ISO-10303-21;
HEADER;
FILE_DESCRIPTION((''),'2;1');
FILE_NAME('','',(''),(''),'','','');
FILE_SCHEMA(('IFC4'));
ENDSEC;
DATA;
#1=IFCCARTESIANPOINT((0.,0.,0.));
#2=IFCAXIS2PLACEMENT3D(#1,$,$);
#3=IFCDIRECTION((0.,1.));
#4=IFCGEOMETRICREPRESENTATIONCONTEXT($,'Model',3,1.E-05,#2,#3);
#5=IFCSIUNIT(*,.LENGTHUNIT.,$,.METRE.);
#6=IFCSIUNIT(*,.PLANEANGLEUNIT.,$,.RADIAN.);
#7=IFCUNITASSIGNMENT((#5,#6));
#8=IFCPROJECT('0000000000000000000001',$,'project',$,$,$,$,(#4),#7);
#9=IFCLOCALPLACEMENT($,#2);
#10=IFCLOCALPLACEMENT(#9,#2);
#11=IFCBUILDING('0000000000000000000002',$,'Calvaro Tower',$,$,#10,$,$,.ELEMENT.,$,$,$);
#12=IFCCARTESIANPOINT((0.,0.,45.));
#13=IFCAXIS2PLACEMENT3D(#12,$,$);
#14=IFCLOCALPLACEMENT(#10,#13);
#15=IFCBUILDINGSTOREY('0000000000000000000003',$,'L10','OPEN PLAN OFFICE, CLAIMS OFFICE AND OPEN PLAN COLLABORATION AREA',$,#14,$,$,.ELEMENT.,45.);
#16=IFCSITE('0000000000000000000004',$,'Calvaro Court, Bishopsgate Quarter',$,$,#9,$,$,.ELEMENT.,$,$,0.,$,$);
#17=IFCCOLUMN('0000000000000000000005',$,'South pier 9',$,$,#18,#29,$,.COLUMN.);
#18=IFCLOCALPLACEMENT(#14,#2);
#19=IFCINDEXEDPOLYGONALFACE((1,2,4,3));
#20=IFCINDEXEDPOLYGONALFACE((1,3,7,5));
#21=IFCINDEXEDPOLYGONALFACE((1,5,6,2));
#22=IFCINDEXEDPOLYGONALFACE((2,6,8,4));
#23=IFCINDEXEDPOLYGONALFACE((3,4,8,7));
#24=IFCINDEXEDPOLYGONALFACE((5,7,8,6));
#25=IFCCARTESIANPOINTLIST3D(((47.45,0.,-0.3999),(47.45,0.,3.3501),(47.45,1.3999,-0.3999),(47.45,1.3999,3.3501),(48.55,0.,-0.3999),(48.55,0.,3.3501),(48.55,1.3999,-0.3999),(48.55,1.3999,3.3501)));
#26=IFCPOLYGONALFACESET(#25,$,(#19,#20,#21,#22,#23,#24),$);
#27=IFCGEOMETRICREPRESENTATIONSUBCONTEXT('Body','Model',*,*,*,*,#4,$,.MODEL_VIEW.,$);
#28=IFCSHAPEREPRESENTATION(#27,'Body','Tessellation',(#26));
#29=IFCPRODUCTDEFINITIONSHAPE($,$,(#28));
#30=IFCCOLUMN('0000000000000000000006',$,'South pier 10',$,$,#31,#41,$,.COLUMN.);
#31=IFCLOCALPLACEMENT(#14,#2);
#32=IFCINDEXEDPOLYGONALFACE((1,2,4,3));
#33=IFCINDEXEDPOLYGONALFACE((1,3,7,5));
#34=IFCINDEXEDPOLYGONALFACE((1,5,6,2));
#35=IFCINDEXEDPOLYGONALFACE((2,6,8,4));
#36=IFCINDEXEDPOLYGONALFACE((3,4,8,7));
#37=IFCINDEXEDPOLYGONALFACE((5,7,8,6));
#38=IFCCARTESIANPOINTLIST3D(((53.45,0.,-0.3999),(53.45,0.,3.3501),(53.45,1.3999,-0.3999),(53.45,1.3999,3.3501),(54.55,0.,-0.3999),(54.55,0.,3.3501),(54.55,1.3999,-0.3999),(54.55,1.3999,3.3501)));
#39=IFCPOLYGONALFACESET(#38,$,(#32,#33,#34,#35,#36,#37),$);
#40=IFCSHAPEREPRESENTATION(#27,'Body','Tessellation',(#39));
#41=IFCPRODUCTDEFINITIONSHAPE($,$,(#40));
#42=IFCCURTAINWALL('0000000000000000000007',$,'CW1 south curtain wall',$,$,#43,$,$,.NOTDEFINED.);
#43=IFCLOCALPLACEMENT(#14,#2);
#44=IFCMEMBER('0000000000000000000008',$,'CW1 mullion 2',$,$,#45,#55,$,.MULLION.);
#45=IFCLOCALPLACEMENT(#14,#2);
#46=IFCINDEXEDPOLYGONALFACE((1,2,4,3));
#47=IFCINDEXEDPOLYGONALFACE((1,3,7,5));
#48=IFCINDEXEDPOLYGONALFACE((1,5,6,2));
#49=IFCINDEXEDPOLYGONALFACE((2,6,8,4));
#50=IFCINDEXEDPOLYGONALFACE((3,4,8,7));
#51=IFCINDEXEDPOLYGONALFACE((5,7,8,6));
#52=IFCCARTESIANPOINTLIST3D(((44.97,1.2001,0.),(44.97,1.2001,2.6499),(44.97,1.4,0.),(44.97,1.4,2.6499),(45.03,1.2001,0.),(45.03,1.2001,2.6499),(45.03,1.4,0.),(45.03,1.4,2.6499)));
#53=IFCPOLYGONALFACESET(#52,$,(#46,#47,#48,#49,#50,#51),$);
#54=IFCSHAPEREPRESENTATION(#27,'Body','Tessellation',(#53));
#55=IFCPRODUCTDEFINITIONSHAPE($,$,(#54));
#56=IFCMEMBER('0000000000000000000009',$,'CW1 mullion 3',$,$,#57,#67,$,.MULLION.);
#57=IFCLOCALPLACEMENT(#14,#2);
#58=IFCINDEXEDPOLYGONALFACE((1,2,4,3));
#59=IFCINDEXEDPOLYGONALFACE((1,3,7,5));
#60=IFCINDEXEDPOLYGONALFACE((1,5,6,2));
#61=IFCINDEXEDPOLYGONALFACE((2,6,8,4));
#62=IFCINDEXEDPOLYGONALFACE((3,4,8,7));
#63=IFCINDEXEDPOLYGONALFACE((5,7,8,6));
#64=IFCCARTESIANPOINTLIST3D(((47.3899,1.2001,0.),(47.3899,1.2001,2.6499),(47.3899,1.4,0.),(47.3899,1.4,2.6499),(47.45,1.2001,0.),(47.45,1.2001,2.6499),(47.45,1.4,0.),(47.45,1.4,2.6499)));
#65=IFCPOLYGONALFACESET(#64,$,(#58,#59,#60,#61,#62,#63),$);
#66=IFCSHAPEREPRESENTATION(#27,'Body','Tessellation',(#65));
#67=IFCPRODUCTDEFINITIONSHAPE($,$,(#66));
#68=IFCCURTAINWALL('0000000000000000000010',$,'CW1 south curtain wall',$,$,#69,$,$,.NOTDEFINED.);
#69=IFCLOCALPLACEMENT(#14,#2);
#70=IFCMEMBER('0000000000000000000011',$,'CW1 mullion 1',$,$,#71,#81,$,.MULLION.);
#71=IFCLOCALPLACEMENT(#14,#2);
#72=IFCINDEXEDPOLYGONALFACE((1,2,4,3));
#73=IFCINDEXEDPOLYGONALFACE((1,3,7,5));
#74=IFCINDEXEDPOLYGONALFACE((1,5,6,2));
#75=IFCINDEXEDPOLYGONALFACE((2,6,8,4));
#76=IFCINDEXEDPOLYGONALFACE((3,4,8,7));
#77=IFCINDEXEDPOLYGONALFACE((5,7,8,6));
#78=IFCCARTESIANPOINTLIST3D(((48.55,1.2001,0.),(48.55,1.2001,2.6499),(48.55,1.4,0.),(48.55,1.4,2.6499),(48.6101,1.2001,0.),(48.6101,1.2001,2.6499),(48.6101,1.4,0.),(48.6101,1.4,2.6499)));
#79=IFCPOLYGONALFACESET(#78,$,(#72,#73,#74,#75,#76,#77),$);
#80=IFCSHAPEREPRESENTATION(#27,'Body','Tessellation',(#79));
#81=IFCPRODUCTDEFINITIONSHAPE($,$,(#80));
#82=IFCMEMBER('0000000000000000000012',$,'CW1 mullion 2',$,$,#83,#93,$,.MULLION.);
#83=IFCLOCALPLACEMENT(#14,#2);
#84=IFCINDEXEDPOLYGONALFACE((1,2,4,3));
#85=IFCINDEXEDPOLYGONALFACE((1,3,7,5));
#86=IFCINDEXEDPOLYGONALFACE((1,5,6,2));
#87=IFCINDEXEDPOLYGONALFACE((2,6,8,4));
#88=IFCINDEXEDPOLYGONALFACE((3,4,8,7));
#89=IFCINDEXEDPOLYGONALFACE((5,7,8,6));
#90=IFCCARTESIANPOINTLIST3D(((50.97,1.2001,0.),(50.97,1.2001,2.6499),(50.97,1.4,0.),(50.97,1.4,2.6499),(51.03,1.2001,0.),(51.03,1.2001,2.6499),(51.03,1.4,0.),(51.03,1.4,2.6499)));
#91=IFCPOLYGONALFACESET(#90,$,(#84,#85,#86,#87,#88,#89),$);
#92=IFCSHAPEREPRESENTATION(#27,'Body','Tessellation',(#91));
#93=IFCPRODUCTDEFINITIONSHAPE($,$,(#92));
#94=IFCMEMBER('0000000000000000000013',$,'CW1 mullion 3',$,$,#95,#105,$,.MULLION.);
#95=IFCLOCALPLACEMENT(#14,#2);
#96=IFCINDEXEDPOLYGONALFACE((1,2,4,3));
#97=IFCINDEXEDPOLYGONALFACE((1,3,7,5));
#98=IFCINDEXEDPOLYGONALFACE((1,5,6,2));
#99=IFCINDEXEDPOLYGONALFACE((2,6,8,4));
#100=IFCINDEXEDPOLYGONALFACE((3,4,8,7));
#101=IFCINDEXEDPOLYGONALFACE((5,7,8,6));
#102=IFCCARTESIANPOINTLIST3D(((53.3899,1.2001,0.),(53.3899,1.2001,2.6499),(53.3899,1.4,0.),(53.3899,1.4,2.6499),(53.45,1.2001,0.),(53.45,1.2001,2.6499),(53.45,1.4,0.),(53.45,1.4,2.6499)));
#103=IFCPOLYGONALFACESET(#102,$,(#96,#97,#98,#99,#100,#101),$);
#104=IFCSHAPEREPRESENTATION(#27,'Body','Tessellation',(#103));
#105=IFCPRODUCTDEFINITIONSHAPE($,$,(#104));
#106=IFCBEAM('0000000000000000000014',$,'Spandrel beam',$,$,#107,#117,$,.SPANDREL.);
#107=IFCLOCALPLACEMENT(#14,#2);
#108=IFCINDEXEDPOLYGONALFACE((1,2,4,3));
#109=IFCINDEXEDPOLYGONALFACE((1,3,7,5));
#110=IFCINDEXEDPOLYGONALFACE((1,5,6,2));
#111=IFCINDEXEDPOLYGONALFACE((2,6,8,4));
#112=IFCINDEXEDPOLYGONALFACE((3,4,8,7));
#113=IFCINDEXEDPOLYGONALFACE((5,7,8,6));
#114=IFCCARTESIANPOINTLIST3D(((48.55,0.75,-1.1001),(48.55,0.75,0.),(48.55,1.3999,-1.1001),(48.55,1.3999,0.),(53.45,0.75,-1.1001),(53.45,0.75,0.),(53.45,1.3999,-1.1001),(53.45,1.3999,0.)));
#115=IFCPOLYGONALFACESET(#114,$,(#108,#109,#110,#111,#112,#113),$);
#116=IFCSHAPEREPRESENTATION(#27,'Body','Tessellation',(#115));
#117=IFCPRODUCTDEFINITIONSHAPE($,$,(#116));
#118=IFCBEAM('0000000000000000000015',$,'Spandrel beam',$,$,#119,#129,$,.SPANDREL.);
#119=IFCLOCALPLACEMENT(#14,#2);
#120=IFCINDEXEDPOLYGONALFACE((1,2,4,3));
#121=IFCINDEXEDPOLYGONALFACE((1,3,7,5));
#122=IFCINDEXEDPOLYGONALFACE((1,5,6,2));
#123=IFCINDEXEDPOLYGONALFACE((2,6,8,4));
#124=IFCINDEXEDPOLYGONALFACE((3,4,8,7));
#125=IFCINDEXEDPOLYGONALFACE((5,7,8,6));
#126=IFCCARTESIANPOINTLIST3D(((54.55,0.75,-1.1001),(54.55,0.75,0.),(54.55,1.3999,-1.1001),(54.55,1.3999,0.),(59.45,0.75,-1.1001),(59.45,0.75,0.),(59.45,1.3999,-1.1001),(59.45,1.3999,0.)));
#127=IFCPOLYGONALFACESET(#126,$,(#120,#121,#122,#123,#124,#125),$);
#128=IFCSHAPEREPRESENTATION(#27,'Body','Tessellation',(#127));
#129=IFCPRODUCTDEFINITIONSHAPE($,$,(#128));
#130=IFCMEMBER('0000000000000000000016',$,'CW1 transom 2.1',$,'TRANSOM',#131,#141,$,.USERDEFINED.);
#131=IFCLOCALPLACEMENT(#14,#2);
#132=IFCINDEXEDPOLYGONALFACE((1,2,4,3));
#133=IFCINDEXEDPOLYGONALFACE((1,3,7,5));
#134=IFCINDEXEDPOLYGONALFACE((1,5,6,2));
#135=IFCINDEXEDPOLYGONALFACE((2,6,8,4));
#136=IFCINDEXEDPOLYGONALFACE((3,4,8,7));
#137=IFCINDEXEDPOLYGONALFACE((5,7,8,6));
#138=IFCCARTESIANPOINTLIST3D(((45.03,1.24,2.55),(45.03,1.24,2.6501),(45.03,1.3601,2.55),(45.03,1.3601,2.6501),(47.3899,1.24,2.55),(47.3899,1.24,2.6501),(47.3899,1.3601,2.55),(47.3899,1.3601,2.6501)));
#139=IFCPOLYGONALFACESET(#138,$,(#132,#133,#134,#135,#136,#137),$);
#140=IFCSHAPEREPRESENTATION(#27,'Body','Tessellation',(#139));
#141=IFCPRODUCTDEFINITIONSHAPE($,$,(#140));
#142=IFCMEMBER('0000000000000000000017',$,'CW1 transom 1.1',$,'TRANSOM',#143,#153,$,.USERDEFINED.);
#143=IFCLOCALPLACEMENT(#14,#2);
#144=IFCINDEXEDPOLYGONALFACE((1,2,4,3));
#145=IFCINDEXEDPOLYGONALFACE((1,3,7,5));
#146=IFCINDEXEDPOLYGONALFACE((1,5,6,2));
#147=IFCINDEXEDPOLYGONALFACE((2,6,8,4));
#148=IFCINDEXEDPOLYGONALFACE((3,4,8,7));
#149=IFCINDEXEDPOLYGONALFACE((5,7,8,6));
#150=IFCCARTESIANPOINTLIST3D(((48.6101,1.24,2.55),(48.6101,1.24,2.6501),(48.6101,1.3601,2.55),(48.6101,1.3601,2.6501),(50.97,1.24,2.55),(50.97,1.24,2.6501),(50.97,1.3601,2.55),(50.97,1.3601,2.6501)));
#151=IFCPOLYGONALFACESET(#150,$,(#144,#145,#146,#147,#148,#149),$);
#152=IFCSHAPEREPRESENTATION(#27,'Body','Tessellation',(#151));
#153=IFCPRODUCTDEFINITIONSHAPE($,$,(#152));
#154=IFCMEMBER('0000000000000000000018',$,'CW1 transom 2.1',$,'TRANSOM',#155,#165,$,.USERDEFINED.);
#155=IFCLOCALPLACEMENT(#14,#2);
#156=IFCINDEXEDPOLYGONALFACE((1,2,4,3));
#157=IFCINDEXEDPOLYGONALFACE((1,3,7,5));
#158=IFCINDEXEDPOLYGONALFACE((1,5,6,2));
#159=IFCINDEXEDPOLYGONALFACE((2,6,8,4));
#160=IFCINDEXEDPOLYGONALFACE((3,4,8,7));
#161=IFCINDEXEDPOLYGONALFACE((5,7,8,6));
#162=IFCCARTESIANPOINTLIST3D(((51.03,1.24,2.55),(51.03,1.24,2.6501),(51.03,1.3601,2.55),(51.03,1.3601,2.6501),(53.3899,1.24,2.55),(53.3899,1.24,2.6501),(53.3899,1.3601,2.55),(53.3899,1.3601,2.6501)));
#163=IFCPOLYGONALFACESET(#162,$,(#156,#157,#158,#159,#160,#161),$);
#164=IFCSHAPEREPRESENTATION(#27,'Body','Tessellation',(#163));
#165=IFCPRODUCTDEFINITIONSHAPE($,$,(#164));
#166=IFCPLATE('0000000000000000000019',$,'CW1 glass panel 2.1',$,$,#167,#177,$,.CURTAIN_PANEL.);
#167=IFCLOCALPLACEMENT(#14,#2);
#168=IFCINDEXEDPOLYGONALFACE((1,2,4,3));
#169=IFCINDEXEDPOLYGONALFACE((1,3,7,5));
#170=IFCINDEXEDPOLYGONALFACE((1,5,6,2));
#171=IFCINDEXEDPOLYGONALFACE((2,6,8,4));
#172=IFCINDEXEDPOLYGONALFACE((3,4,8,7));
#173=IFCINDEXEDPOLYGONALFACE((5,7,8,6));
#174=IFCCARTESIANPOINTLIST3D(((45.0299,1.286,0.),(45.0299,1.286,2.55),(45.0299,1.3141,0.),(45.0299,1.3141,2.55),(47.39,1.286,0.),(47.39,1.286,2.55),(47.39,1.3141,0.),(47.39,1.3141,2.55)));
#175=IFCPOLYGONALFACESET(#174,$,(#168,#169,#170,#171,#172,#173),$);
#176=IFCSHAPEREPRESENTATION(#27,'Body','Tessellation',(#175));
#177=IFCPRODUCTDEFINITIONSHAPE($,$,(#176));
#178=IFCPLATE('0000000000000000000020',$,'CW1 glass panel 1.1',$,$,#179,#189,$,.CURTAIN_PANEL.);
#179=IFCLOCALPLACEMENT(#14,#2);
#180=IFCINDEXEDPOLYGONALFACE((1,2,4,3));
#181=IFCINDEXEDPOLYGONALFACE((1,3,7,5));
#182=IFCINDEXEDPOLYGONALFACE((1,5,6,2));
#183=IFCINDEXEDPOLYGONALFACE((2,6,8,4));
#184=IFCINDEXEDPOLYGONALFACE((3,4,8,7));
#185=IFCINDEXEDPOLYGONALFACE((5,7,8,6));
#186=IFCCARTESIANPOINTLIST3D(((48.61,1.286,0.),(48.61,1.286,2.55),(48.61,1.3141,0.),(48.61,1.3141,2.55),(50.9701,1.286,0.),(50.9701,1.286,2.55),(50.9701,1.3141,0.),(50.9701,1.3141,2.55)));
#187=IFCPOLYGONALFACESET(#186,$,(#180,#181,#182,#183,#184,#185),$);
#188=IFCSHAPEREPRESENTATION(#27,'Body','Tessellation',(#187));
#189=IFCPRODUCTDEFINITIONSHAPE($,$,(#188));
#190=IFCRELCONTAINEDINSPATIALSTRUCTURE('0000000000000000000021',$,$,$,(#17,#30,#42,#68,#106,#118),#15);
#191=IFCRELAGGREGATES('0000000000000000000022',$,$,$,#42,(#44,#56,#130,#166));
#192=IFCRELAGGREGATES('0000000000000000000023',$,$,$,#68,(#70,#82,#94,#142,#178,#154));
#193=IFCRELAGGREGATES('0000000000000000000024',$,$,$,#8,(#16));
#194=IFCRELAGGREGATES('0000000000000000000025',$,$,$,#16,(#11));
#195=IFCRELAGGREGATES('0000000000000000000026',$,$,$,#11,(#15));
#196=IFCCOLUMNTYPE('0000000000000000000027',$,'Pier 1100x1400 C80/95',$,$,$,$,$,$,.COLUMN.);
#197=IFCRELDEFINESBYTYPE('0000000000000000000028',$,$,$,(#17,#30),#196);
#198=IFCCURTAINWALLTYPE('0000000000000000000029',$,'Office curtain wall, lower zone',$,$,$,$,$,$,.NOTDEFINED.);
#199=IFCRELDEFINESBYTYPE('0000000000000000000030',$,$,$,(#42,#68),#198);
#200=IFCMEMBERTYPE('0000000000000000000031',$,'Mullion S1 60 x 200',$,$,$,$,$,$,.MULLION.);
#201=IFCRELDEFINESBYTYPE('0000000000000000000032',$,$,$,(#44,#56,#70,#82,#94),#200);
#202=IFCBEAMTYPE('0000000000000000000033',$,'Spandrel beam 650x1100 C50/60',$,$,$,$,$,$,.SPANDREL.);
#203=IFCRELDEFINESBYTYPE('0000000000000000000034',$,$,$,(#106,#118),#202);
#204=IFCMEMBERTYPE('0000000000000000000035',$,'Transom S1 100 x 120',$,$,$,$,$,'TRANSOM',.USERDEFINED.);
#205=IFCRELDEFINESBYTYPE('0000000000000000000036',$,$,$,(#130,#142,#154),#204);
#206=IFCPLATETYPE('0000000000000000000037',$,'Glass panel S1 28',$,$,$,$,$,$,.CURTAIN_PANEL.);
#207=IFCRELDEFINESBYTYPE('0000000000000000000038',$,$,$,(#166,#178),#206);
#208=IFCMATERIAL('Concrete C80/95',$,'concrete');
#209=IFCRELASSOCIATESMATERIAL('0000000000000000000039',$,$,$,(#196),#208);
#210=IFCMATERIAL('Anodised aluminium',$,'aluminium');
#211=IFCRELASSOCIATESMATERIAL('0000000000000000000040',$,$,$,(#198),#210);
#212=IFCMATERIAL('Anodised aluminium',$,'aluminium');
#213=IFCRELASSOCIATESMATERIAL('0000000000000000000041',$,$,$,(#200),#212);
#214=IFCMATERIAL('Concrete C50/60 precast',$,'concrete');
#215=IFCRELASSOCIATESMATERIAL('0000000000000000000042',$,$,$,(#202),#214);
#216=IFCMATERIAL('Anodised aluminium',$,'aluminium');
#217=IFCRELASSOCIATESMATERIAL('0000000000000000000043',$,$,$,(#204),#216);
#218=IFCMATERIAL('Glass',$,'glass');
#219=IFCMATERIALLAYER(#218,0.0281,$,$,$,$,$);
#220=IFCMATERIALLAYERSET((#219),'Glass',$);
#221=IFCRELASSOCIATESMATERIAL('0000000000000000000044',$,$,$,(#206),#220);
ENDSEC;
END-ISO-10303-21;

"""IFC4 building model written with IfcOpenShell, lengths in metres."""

from ifc_helpers import new_model, si_unit, direction, frame, origin, origin_2d, place, context, subcontext, project, spatial, rectangle, extrude, material, layer, layer_set, material_profile, profile_set, type_object, element, aggregate, save


model = new_model("IFC4")

# Units and contexts
model_context = context("Model", 3, precision=1e-05, world=origin(), true_north=direction((0.0, 1.0)))
body_context = subcontext(model_context, "Body", "Model", "MODEL_VIEW")
ifc_project = project(units=[si_unit("LENGTHUNIT", "METRE"), si_unit("PLANEANGLEUNIT", "RADIAN")], contexts=[model_context])

# Site, building, storey
site_placement = place(None, origin())
site = spatial("IfcSite", under=ifc_project, at=site_placement, Name="Calvaro Court, Bishopsgate Quarter", CompositionType="ELEMENT", RefElevation=0.0)
building_placement = place(site_placement, origin())
building = spatial("IfcBuilding", under=site, at=building_placement, Name="Calvaro Tower", CompositionType="ELEMENT")
storey_placement = place(building_placement, frame((0.0, 0.0, 45.0)))
storey = spatial("IfcBuildingStorey", under=building, at=storey_placement, Name="L10", Description="OPEN PLAN OFFICE, CLAIMS OFFICE AND OPEN PLAN COLLABORATION AREA", CompositionType="ELEMENT", Elevation=45.0)

# Columns
ifc_material_1 = material(Name="Concrete C80/95", Category="concrete")
ifc_material_profile_1 = material_profile(ifc_material_1, rectangle(XDim=1.1001, YDim=1.3999, at=origin_2d()), Name="RC 1100x1400")
ifc_profile_set_1 = profile_set([ifc_material_profile_1], Name="Concrete C80/95")
column_type = type_object("IfcColumnType", Name="Pier 1100x1400 C80/95", PredefinedType="COLUMN", material=ifc_profile_set_1)
for number, where, z_axis, x_axis, name in (
    (1, (48.0, 0.7, -0.3999), (0.0, 0.0, 1.0), (1.0, 0.0, 0.0), "South pier 9"),
    (2, (54.0, 0.7, -0.3999), (0.0, 0.0, 1.0), (1.0, 0.0, 0.0), "South pier 10"),
):
    element("IfcColumn", number, at=place(storey_placement, frame(where, z_axis=z_axis, x_axis=x_axis)), inside=storey, type_object=column_type, Name=name, PredefinedType="COLUMN", context=body_context, shape_type="SweptSolid", body=[
        extrude(rectangle(XDim=1.1001, YDim=1.3999, at=origin_2d()), origin(), (0.0, 0.0, 1.0), 3.75),
    ])

# Curtain walls, members
ifc_material_2 = material(Name="Anodised aluminium", Category="aluminium")
curtain_wall_type = type_object("IfcCurtainWallType", Name="Office curtain wall, lower zone", PredefinedType="NOTDEFINED", material=ifc_material_2)
curtain_wall_1_placement = place(storey_placement, origin())
curtain_wall_1 = element("IfcCurtainWall", 3, at=curtain_wall_1_placement, inside=storey, type_object=curtain_wall_type, Name="CW1 south curtain wall", PredefinedType="NOTDEFINED")
ifc_material_3 = material(Name="Anodised aluminium", Category="aluminium")
ifc_material_profile_2 = material_profile(ifc_material_3, rectangle(XDim=0.2, YDim=0.0601, at=origin_2d()), Name="Mullion S1 60 x 200")
ifc_profile_set_2 = profile_set([ifc_material_profile_2], Name="Anodised aluminium")
member_type_1 = type_object("IfcMemberType", Name="Mullion S1 60 x 200", PredefinedType="MULLION", material=ifc_profile_set_2)
member_1_placement = place(storey_placement, frame((45.0, 1.3, 0.0), z_axis=(0.0, 0.0, 1.0), x_axis=(0.0, 1.0, 0.0)))
member_1 = element("IfcMember", 4, at=member_1_placement, type_object=member_type_1, Name="CW1 mullion 2", PredefinedType="MULLION", context=body_context, shape_type="SweptSolid", body=[
    extrude(rectangle(XDim=0.2, YDim=0.0601, at=origin_2d()), origin(), (0.0, 0.0, 1.0), 2.6499),
])
member_2_placement = place(storey_placement, frame((47.4199, 1.3, 0.0), z_axis=(0.0, 0.0, 1.0), x_axis=(0.0, 1.0, 0.0)))
member_2 = element("IfcMember", 5, at=member_2_placement, type_object=member_type_1, Name="CW1 mullion 3", PredefinedType="MULLION", context=body_context, shape_type="SweptSolid", body=[
    extrude(rectangle(XDim=0.2, YDim=0.0601, at=origin_2d()), origin(), (0.0, 0.0, 1.0), 2.6499),
])
curtain_wall_2_placement = place(storey_placement, origin())
curtain_wall_2 = element("IfcCurtainWall", 6, at=curtain_wall_2_placement, inside=storey, type_object=curtain_wall_type, Name="CW1 south curtain wall", PredefinedType="NOTDEFINED")
member_3_placement = place(storey_placement, frame((48.5801, 1.3, 0.0), z_axis=(0.0, 0.0, 1.0), x_axis=(0.0, 1.0, 0.0)))
member_3 = element("IfcMember", 7, at=member_3_placement, type_object=member_type_1, Name="CW1 mullion 1", PredefinedType="MULLION", context=body_context, shape_type="SweptSolid", body=[
    extrude(rectangle(XDim=0.2, YDim=0.0601, at=origin_2d()), origin(), (0.0, 0.0, 1.0), 2.6499),
])
member_4_placement = place(storey_placement, frame((51.0, 1.3, 0.0), z_axis=(0.0, 0.0, 1.0), x_axis=(0.0, 1.0, 0.0)))
member_4 = element("IfcMember", 8, at=member_4_placement, type_object=member_type_1, Name="CW1 mullion 2", PredefinedType="MULLION", context=body_context, shape_type="SweptSolid", body=[
    extrude(rectangle(XDim=0.2, YDim=0.0601, at=origin_2d()), origin(), (0.0, 0.0, 1.0), 2.6499),
])
member_5_placement = place(storey_placement, frame((53.4199, 1.3, 0.0), z_axis=(0.0, 0.0, 1.0), x_axis=(0.0, 1.0, 0.0)))
member_5 = element("IfcMember", 9, at=member_5_placement, type_object=member_type_1, Name="CW1 mullion 3", PredefinedType="MULLION", context=body_context, shape_type="SweptSolid", body=[
    extrude(rectangle(XDim=0.2, YDim=0.0601, at=origin_2d()), origin(), (0.0, 0.0, 1.0), 2.6499),
])

# Beams
ifc_material_4 = material(Name="Concrete C50/60 precast", Category="concrete")
ifc_material_profile_3 = material_profile(ifc_material_4, rectangle(XDim=0.6499, YDim=1.1001, at=origin_2d()), Name="RC 650x1100")
ifc_profile_set_3 = profile_set([ifc_material_profile_3], Name="Concrete C50/60 precast")
beam_type = type_object("IfcBeamType", Name="Spandrel beam 650x1100 C50/60", PredefinedType="SPANDREL", material=ifc_profile_set_3)
for number, where, z_axis, x_axis, name in (
    (10, (48.55, 1.075, -0.55), (1.0, 0.0, 0.0), (0.0, 1.0, 0.0), "Spandrel beam"),
    (11, (54.55, 1.075, -0.55), (1.0, 0.0, 0.0), (0.0, 1.0, 0.0), "Spandrel beam"),
):
    element("IfcBeam", number, at=place(storey_placement, frame(where, z_axis=z_axis, x_axis=x_axis)), inside=storey, type_object=beam_type, Name=name, PredefinedType="SPANDREL", context=body_context, shape_type="SweptSolid", body=[
        extrude(rectangle(XDim=0.6499, YDim=1.1001, at=origin_2d()), origin(), (0.0, 0.0, 1.0), 4.8999),
    ])

# Members
ifc_material_5 = material(Name="Anodised aluminium", Category="aluminium")
ifc_material_profile_4 = material_profile(ifc_material_5, rectangle(XDim=0.1201, YDim=0.1001, at=origin_2d()), Name="Transom S1 100 x 120")
ifc_profile_set_4 = profile_set([ifc_material_profile_4], Name="Anodised aluminium")
member_type_2 = type_object("IfcMemberType", Name="Transom S1 100 x 120", ElementType="TRANSOM", PredefinedType="USERDEFINED", material=ifc_profile_set_4)
member_6_placement = place(storey_placement, frame((45.03, 1.3, 2.6001), z_axis=(1.0, 0.0, 0.0), x_axis=(0.0, 1.0, 0.0)))
member_6 = element("IfcMember", 12, at=member_6_placement, type_object=member_type_2, Name="CW1 transom 2.1", ObjectType="TRANSOM", PredefinedType="USERDEFINED", context=body_context, shape_type="SweptSolid", body=[
    extrude(rectangle(XDim=0.1201, YDim=0.1001, at=origin_2d()), origin(), (0.0, 0.0, 1.0), 2.3599),
])
member_7_placement = place(storey_placement, frame((48.6101, 1.3, 2.6001), z_axis=(1.0, 0.0, 0.0), x_axis=(0.0, 1.0, 0.0)))
member_7 = element("IfcMember", 13, at=member_7_placement, type_object=member_type_2, Name="CW1 transom 1.1", ObjectType="TRANSOM", PredefinedType="USERDEFINED", context=body_context, shape_type="SweptSolid", body=[
    extrude(rectangle(XDim=0.1201, YDim=0.1001, at=origin_2d()), origin(), (0.0, 0.0, 1.0), 2.3599),
])
member_8_placement = place(storey_placement, frame((51.03, 1.3, 2.6001), z_axis=(1.0, 0.0, 0.0), x_axis=(0.0, 1.0, 0.0)))
member_8 = element("IfcMember", 14, at=member_8_placement, type_object=member_type_2, Name="CW1 transom 2.1", ObjectType="TRANSOM", PredefinedType="USERDEFINED", context=body_context, shape_type="SweptSolid", body=[
    extrude(rectangle(XDim=0.1201, YDim=0.1001, at=origin_2d()), origin(), (0.0, 0.0, 1.0), 2.3599),
])

# Plates
ifc_material_6 = material(Name="Glass", Category="glass")
ifc_layer_1 = layer(ifc_material_6, 0.0281)
ifc_layer_set_1 = layer_set([ifc_layer_1], Name="Glass")
plate_type = type_object("IfcPlateType", Name="Glass panel S1 28", PredefinedType="CURTAIN_PANEL", material=ifc_layer_set_1)
plate_1_placement = place(storey_placement, frame((46.21, 1.3, 0.0), z_axis=(0.0, 0.0, 1.0), x_axis=(1.0, 0.0, 0.0)))
plate_1 = element("IfcPlate", 15, at=plate_1_placement, type_object=plate_type, Name="CW1 glass panel 2.1", PredefinedType="CURTAIN_PANEL", context=body_context, shape_type="SweptSolid", body=[
    extrude(rectangle(XDim=2.3601, YDim=0.0281, at=origin_2d()), origin(), (0.0, 0.0, 1.0), 2.55),
])
aggregate(curtain_wall_1, [member_1, member_2, member_6, plate_1])
plate_2_placement = place(storey_placement, frame((49.79, 1.3, 0.0), z_axis=(0.0, 0.0, 1.0), x_axis=(1.0, 0.0, 0.0)))
plate_2 = element("IfcPlate", 16, at=plate_2_placement, type_object=plate_type, Name="CW1 glass panel 1.1", PredefinedType="CURTAIN_PANEL", context=body_context, shape_type="SweptSolid", body=[
    extrude(rectangle(XDim=2.3601, YDim=0.0281, at=origin_2d()), origin(), (0.0, 0.0, 1.0), 2.55),
])
aggregate(curtain_wall_2, [member_3, member_4, member_5, member_7, plate_2, member_8])

save(model, "model.ifc")
